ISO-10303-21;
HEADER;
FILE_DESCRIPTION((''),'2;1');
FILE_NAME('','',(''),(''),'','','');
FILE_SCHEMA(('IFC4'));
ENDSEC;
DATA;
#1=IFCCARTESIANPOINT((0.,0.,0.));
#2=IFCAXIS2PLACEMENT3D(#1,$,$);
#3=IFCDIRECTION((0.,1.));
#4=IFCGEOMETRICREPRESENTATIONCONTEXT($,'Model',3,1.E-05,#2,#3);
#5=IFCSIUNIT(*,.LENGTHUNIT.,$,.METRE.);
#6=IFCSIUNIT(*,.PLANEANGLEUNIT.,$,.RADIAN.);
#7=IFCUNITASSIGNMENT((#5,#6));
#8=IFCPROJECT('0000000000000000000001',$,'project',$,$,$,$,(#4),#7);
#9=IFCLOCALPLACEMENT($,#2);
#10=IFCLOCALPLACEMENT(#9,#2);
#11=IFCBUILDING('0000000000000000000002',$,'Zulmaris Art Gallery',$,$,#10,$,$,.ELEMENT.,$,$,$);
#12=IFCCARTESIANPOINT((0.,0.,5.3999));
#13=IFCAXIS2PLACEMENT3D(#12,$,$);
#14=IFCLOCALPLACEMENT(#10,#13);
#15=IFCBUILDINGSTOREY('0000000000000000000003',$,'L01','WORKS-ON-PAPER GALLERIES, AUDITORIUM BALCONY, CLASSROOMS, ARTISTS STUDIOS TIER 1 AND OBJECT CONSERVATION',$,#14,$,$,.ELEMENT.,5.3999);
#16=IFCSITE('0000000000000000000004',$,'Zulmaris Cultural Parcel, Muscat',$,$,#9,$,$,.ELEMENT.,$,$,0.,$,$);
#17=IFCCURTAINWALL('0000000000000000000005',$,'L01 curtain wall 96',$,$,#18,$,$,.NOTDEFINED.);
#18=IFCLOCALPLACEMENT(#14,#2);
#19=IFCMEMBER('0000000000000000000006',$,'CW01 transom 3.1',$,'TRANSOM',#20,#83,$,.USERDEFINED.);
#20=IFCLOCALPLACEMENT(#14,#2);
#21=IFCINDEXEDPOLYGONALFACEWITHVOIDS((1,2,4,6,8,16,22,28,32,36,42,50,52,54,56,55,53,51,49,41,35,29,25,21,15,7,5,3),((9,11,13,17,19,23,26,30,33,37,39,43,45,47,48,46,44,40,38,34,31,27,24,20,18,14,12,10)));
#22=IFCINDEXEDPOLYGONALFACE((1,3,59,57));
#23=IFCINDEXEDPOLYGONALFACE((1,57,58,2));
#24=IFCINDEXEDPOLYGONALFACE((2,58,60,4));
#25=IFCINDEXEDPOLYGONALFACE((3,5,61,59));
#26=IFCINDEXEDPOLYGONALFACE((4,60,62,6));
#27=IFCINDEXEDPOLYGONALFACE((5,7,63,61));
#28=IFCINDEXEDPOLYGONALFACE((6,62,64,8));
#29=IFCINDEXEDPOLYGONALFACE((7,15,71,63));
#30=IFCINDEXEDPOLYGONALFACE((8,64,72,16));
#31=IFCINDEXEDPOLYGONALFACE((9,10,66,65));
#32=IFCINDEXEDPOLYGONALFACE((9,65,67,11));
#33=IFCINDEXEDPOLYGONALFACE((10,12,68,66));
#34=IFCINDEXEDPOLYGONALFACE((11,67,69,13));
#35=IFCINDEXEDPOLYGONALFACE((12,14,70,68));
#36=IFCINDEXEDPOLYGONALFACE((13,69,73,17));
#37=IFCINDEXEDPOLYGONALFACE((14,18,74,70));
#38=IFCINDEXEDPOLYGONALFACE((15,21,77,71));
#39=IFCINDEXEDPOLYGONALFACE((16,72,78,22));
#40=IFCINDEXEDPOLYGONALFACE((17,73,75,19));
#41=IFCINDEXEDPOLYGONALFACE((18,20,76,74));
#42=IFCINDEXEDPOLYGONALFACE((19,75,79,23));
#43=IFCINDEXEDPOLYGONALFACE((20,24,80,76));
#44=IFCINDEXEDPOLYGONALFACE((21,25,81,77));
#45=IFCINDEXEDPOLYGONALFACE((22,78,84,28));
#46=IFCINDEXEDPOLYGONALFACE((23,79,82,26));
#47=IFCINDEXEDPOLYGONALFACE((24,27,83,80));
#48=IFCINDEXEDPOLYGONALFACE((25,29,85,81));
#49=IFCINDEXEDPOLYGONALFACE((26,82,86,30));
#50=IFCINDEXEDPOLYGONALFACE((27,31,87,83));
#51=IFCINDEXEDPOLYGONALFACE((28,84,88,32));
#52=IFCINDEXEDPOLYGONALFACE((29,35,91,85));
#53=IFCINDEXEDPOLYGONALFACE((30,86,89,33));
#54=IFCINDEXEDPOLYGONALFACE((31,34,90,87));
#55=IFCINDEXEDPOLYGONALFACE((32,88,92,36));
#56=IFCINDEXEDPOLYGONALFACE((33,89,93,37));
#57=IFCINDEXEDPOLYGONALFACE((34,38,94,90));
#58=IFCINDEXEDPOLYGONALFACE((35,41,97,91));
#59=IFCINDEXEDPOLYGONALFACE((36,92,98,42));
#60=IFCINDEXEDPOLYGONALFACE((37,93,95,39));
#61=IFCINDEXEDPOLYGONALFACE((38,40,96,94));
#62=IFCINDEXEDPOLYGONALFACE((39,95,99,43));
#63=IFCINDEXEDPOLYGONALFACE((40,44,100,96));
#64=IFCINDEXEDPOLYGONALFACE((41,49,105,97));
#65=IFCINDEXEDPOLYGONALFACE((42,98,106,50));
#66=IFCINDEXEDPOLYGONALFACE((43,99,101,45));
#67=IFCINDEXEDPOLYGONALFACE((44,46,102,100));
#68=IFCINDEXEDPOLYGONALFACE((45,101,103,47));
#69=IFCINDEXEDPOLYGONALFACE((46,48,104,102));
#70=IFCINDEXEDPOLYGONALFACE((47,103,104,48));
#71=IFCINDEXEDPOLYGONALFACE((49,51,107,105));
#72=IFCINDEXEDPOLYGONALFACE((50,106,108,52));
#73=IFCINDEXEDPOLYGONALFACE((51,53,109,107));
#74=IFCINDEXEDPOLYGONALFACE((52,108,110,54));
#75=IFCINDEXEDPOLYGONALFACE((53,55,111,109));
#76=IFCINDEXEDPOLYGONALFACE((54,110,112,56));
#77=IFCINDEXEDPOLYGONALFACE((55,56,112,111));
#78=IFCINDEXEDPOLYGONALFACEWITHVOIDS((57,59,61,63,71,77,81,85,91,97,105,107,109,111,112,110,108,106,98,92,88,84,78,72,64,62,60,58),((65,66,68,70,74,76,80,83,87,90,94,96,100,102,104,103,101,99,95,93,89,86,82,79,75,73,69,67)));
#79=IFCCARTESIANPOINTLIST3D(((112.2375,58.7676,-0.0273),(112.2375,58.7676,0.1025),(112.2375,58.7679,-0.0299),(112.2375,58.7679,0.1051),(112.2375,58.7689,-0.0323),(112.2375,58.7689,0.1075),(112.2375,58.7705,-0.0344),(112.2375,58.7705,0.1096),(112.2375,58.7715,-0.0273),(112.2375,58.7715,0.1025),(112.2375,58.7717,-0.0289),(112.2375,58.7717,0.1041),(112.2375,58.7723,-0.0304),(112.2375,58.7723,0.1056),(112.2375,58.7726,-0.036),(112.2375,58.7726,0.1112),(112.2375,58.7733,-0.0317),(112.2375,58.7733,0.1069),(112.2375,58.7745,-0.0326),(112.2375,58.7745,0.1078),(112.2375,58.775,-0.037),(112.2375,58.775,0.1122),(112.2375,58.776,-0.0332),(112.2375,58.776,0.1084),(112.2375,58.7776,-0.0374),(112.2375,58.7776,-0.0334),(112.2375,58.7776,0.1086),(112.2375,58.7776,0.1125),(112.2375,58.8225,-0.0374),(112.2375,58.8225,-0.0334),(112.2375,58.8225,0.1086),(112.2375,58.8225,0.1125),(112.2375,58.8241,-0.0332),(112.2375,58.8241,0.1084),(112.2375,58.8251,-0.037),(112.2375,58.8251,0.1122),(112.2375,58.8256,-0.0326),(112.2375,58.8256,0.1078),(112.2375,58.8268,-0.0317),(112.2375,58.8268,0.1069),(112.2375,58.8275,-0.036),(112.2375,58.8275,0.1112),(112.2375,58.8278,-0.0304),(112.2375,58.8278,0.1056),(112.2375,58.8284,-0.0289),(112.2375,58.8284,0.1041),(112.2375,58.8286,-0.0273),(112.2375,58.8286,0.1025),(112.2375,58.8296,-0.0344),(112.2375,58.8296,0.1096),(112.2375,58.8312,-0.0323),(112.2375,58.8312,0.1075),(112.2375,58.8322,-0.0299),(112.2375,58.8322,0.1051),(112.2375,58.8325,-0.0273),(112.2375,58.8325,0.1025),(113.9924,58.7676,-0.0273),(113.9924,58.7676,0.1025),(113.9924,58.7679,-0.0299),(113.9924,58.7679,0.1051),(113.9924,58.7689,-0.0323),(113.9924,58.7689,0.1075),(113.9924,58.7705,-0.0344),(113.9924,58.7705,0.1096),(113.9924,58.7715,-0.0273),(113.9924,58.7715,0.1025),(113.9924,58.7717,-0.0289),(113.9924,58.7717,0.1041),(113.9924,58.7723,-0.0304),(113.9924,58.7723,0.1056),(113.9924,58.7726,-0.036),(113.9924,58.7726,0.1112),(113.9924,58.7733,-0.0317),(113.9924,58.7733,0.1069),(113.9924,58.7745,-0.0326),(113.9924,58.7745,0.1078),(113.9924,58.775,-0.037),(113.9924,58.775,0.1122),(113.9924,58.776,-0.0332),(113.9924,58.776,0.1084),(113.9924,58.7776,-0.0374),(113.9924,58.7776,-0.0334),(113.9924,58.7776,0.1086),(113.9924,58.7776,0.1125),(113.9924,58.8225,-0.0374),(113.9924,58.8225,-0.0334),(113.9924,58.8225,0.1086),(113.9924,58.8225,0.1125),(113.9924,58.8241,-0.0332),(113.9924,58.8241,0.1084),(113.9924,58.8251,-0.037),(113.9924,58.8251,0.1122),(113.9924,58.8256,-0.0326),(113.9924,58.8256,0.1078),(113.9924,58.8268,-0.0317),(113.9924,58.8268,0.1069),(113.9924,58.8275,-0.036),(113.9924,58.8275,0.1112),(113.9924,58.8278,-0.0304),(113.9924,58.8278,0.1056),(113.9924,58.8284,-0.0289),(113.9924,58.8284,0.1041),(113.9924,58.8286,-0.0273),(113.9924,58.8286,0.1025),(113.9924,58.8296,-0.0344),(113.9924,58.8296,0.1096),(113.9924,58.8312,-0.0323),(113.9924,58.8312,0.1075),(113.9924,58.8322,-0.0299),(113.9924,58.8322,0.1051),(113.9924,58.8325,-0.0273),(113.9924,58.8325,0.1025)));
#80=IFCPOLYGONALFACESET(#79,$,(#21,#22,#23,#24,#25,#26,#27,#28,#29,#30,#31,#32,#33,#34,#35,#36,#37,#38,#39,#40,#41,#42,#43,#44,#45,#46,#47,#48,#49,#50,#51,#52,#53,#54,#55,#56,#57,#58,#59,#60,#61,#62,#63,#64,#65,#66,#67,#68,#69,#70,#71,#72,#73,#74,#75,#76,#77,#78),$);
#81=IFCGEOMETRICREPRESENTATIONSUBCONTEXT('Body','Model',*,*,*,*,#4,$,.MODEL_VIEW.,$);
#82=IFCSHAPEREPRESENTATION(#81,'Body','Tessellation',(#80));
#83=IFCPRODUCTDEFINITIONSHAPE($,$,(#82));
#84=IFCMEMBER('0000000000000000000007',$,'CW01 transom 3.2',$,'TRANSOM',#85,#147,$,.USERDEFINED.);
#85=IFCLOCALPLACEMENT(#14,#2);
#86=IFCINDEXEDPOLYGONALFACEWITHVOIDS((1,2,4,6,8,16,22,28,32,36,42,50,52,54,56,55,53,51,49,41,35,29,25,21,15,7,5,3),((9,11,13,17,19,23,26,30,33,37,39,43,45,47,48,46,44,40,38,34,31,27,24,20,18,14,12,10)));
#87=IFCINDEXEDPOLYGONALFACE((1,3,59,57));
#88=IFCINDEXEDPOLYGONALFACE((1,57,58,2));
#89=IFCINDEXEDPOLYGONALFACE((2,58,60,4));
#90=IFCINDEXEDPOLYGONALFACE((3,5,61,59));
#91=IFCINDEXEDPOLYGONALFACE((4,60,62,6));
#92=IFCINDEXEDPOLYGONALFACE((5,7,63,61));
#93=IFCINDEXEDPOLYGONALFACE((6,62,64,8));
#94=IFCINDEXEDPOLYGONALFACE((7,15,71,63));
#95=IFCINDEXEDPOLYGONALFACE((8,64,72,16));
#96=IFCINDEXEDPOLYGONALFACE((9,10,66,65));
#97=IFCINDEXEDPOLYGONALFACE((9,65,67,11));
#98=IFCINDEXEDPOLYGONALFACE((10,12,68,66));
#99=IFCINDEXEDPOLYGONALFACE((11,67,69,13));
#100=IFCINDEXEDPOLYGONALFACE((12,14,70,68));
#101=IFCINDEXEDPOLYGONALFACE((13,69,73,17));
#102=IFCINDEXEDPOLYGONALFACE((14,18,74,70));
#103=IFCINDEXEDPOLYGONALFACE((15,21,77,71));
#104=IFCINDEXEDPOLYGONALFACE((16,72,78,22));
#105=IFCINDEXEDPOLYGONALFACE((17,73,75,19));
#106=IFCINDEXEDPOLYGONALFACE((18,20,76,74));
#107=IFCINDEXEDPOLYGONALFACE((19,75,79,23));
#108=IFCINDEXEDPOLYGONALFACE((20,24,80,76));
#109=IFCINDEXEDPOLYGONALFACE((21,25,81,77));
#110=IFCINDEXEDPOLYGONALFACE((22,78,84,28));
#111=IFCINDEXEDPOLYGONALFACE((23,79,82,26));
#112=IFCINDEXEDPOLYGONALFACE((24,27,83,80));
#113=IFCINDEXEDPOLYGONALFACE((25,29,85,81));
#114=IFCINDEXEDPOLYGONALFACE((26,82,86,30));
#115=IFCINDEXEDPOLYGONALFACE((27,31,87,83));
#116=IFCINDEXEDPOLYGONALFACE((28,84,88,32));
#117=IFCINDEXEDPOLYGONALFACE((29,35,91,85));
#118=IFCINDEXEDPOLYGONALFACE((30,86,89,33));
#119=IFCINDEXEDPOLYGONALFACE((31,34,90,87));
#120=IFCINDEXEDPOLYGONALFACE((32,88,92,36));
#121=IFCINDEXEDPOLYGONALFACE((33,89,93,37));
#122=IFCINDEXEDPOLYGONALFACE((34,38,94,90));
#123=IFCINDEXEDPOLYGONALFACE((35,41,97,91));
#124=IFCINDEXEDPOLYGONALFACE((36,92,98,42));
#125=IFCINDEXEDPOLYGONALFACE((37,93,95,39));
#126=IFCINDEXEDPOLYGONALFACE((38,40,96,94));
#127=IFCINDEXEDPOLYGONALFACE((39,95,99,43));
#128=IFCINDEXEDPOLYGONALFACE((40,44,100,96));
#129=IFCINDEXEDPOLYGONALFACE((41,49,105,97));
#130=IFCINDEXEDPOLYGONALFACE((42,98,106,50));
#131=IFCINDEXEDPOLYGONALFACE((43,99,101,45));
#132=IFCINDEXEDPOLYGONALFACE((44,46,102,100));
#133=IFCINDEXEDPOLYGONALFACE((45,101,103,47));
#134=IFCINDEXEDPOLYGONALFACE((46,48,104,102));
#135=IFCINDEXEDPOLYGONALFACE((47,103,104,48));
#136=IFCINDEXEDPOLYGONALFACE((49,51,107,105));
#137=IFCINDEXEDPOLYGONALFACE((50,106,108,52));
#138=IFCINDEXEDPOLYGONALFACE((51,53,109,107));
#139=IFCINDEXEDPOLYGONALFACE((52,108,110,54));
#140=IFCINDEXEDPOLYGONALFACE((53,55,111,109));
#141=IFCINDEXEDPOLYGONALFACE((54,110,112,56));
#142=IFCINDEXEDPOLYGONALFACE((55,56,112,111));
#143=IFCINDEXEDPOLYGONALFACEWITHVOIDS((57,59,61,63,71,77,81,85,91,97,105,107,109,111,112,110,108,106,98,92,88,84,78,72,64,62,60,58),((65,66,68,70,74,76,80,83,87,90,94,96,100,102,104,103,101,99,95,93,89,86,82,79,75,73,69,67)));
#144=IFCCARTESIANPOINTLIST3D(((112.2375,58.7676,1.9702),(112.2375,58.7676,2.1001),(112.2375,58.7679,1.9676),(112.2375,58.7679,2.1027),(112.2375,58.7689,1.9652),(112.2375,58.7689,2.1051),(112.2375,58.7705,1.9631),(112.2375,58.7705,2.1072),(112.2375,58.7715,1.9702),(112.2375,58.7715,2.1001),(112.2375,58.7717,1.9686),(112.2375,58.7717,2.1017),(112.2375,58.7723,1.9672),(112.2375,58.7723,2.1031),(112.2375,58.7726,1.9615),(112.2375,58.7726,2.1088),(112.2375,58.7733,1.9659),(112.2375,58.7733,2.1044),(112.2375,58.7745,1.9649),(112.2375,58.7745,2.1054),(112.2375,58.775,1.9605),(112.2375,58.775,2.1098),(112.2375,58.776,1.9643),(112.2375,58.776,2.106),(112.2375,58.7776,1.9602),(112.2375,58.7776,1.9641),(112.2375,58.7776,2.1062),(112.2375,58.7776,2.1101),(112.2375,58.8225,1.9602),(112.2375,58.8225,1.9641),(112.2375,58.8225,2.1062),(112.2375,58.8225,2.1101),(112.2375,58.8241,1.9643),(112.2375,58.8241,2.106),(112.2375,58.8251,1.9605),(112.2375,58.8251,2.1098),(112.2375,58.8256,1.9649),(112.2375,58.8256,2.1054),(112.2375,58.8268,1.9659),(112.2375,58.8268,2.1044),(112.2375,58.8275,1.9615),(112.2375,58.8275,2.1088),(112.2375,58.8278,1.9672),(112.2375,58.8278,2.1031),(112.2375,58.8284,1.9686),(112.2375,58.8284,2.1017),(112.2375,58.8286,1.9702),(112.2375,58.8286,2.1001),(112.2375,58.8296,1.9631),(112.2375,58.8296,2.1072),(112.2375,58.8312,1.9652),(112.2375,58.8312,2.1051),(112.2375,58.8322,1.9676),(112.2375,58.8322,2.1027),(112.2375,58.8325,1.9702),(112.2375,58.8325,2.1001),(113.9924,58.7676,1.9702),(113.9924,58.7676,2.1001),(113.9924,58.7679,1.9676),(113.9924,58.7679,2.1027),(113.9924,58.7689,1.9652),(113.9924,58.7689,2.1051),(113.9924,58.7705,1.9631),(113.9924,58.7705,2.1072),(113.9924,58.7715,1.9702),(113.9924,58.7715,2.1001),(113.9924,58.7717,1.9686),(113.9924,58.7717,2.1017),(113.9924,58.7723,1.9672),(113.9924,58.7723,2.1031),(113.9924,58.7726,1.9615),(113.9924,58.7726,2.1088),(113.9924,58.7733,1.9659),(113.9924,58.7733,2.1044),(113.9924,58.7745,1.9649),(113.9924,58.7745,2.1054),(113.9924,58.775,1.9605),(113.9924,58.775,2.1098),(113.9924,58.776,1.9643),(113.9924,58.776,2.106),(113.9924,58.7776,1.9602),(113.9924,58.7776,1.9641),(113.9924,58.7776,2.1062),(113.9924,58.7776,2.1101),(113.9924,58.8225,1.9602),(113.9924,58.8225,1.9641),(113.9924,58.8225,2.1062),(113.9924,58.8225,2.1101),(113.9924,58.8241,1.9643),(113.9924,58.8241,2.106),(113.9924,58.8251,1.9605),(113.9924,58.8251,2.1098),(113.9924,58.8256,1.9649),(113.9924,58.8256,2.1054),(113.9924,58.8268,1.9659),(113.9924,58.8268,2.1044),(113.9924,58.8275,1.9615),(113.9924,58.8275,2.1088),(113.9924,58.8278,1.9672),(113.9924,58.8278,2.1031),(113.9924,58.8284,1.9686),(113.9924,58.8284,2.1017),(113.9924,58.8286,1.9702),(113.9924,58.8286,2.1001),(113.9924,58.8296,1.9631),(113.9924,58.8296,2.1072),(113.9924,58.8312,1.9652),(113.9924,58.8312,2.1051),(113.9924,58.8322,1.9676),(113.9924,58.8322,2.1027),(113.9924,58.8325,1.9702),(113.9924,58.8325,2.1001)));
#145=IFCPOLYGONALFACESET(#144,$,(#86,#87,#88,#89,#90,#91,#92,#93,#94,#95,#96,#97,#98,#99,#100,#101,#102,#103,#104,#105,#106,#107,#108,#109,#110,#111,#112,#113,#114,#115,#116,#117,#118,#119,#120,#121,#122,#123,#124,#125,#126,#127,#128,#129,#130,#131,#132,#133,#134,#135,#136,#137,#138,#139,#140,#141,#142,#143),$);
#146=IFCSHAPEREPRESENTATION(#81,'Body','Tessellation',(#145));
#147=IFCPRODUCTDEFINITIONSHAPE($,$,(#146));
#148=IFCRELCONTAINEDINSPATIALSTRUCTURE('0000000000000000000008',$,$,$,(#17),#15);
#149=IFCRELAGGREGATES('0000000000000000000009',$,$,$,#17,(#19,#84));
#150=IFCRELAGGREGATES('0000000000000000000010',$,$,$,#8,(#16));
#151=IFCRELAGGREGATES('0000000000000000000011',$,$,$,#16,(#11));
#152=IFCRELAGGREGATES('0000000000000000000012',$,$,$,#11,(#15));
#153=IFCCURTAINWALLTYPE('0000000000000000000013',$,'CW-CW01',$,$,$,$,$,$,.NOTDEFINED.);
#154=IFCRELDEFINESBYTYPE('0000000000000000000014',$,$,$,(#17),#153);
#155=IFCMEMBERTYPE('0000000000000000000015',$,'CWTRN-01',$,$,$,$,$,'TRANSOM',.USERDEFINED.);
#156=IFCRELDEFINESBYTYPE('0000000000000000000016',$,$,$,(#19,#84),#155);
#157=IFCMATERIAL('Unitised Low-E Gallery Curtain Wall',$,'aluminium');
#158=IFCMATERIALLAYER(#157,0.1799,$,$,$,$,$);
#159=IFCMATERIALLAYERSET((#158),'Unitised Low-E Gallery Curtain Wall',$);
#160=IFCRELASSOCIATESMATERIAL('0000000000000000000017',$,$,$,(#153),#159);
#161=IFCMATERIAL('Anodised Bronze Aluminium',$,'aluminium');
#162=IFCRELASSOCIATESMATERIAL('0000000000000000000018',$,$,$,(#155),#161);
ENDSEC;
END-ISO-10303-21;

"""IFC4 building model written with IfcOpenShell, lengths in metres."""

from ifc_helpers import new_model, si_unit, direction, frame, origin, origin_2d, place, context, subcontext, project, spatial, hollow_rectangle, extrude, material, layer, layer_set, material_profile, profile_set, type_object, element, aggregate, save


model = new_model("IFC4")

# Units and contexts
model_context = context("Model", 3, precision=1e-05, world=origin(), true_north=direction((0.0, 1.0)))
body_context = subcontext(model_context, "Body", "Model", "MODEL_VIEW")
ifc_project = project(units=[si_unit("LENGTHUNIT", "METRE"), si_unit("PLANEANGLEUNIT", "RADIAN")], contexts=[model_context])

# Site, building, storey
site_placement = place(None, origin())
site = spatial("IfcSite", under=ifc_project, at=site_placement, Name="Zulmaris Cultural Parcel, Muscat", CompositionType="ELEMENT", RefElevation=0.0)
building_placement = place(site_placement, origin())
building = spatial("IfcBuilding", under=site, at=building_placement, Name="Zulmaris Art Gallery", CompositionType="ELEMENT")
storey_placement = place(building_placement, frame((0.0, 0.0, 5.3999)))
storey = spatial("IfcBuildingStorey", under=building, at=storey_placement, Name="L01", Description="WORKS-ON-PAPER GALLERIES, AUDITORIUM BALCONY, CLASSROOMS, ARTISTS STUDIOS TIER 1 AND OBJECT CONSERVATION", CompositionType="ELEMENT", Elevation=5.3999)

# Curtain wall
ifc_material_1 = material(Name="Unitised Low-E Gallery Curtain Wall", Category="aluminium")
ifc_layer_1 = layer(ifc_material_1, 0.1799)
ifc_layer_set_1 = layer_set([ifc_layer_1], Name="Unitised Low-E Gallery Curtain Wall")
curtain_wall_type = type_object("IfcCurtainWallType", Name="CW-CW01", PredefinedType="NOTDEFINED", material=ifc_layer_set_1)
curtain_wall_1_placement = place(storey_placement, origin())
curtain_wall_1 = element("IfcCurtainWall", 1, at=curtain_wall_1_placement, inside=storey, type_object=curtain_wall_type, Name="L01 curtain wall 96", PredefinedType="NOTDEFINED")
ifc_material_2 = material(Name="Anodised Bronze Aluminium", Category="aluminium")

# Members
ifc_material_profile_1 = material_profile(ifc_material_2, hollow_rectangle(XDim=0.0649, YDim=0.1499, WallThickness=0.0039, InnerFilletRadius=0.0061, OuterFilletRadius=0.01, at=origin_2d()), Name="ALU 65x150x4")
ifc_profile_set_1 = profile_set([ifc_material_profile_1], Name="Anodised Bronze Aluminium")
member_type_1 = type_object("IfcMemberType", Name="CWTRN-01", ElementType="TRANSOM", PredefinedType="USERDEFINED", material=ifc_profile_set_1)
member_1_placement = place(storey_placement, frame((112.2375, 58.8, 0.0376), z_axis=(1.0, 0.0, 0.0), x_axis=(0.0, 1.0, 0.0)))
member_1 = element("IfcMember", 2, at=member_1_placement, type_object=member_type_1, Name="CW01 transom 3.1", ObjectType="TRANSOM", PredefinedType="USERDEFINED", context=body_context, shape_type="SweptSolid", body=[
    extrude(hollow_rectangle(XDim=0.0649, YDim=0.1499, WallThickness=0.0039, InnerFilletRadius=0.0061, OuterFilletRadius=0.01, at=origin_2d()), origin(), (0.0, 0.0, 1.0), 1.7549),
])
member_2_placement = place(storey_placement, frame((112.2375, 58.8, 2.0352), z_axis=(1.0, 0.0, 0.0), x_axis=(0.0, 1.0, 0.0)))
member_2 = element("IfcMember", 3, at=member_2_placement, type_object=member_type_1, Name="CW01 transom 3.2", ObjectType="TRANSOM", PredefinedType="USERDEFINED", context=body_context, shape_type="SweptSolid", body=[
    extrude(hollow_rectangle(XDim=0.0649, YDim=0.1499, WallThickness=0.0039, InnerFilletRadius=0.0061, OuterFilletRadius=0.01, at=origin_2d()), origin(), (0.0, 0.0, 1.0), 1.7549),
])

aggregate(curtain_wall_1, [member_1, member_2])

save(model, "model.ifc")
